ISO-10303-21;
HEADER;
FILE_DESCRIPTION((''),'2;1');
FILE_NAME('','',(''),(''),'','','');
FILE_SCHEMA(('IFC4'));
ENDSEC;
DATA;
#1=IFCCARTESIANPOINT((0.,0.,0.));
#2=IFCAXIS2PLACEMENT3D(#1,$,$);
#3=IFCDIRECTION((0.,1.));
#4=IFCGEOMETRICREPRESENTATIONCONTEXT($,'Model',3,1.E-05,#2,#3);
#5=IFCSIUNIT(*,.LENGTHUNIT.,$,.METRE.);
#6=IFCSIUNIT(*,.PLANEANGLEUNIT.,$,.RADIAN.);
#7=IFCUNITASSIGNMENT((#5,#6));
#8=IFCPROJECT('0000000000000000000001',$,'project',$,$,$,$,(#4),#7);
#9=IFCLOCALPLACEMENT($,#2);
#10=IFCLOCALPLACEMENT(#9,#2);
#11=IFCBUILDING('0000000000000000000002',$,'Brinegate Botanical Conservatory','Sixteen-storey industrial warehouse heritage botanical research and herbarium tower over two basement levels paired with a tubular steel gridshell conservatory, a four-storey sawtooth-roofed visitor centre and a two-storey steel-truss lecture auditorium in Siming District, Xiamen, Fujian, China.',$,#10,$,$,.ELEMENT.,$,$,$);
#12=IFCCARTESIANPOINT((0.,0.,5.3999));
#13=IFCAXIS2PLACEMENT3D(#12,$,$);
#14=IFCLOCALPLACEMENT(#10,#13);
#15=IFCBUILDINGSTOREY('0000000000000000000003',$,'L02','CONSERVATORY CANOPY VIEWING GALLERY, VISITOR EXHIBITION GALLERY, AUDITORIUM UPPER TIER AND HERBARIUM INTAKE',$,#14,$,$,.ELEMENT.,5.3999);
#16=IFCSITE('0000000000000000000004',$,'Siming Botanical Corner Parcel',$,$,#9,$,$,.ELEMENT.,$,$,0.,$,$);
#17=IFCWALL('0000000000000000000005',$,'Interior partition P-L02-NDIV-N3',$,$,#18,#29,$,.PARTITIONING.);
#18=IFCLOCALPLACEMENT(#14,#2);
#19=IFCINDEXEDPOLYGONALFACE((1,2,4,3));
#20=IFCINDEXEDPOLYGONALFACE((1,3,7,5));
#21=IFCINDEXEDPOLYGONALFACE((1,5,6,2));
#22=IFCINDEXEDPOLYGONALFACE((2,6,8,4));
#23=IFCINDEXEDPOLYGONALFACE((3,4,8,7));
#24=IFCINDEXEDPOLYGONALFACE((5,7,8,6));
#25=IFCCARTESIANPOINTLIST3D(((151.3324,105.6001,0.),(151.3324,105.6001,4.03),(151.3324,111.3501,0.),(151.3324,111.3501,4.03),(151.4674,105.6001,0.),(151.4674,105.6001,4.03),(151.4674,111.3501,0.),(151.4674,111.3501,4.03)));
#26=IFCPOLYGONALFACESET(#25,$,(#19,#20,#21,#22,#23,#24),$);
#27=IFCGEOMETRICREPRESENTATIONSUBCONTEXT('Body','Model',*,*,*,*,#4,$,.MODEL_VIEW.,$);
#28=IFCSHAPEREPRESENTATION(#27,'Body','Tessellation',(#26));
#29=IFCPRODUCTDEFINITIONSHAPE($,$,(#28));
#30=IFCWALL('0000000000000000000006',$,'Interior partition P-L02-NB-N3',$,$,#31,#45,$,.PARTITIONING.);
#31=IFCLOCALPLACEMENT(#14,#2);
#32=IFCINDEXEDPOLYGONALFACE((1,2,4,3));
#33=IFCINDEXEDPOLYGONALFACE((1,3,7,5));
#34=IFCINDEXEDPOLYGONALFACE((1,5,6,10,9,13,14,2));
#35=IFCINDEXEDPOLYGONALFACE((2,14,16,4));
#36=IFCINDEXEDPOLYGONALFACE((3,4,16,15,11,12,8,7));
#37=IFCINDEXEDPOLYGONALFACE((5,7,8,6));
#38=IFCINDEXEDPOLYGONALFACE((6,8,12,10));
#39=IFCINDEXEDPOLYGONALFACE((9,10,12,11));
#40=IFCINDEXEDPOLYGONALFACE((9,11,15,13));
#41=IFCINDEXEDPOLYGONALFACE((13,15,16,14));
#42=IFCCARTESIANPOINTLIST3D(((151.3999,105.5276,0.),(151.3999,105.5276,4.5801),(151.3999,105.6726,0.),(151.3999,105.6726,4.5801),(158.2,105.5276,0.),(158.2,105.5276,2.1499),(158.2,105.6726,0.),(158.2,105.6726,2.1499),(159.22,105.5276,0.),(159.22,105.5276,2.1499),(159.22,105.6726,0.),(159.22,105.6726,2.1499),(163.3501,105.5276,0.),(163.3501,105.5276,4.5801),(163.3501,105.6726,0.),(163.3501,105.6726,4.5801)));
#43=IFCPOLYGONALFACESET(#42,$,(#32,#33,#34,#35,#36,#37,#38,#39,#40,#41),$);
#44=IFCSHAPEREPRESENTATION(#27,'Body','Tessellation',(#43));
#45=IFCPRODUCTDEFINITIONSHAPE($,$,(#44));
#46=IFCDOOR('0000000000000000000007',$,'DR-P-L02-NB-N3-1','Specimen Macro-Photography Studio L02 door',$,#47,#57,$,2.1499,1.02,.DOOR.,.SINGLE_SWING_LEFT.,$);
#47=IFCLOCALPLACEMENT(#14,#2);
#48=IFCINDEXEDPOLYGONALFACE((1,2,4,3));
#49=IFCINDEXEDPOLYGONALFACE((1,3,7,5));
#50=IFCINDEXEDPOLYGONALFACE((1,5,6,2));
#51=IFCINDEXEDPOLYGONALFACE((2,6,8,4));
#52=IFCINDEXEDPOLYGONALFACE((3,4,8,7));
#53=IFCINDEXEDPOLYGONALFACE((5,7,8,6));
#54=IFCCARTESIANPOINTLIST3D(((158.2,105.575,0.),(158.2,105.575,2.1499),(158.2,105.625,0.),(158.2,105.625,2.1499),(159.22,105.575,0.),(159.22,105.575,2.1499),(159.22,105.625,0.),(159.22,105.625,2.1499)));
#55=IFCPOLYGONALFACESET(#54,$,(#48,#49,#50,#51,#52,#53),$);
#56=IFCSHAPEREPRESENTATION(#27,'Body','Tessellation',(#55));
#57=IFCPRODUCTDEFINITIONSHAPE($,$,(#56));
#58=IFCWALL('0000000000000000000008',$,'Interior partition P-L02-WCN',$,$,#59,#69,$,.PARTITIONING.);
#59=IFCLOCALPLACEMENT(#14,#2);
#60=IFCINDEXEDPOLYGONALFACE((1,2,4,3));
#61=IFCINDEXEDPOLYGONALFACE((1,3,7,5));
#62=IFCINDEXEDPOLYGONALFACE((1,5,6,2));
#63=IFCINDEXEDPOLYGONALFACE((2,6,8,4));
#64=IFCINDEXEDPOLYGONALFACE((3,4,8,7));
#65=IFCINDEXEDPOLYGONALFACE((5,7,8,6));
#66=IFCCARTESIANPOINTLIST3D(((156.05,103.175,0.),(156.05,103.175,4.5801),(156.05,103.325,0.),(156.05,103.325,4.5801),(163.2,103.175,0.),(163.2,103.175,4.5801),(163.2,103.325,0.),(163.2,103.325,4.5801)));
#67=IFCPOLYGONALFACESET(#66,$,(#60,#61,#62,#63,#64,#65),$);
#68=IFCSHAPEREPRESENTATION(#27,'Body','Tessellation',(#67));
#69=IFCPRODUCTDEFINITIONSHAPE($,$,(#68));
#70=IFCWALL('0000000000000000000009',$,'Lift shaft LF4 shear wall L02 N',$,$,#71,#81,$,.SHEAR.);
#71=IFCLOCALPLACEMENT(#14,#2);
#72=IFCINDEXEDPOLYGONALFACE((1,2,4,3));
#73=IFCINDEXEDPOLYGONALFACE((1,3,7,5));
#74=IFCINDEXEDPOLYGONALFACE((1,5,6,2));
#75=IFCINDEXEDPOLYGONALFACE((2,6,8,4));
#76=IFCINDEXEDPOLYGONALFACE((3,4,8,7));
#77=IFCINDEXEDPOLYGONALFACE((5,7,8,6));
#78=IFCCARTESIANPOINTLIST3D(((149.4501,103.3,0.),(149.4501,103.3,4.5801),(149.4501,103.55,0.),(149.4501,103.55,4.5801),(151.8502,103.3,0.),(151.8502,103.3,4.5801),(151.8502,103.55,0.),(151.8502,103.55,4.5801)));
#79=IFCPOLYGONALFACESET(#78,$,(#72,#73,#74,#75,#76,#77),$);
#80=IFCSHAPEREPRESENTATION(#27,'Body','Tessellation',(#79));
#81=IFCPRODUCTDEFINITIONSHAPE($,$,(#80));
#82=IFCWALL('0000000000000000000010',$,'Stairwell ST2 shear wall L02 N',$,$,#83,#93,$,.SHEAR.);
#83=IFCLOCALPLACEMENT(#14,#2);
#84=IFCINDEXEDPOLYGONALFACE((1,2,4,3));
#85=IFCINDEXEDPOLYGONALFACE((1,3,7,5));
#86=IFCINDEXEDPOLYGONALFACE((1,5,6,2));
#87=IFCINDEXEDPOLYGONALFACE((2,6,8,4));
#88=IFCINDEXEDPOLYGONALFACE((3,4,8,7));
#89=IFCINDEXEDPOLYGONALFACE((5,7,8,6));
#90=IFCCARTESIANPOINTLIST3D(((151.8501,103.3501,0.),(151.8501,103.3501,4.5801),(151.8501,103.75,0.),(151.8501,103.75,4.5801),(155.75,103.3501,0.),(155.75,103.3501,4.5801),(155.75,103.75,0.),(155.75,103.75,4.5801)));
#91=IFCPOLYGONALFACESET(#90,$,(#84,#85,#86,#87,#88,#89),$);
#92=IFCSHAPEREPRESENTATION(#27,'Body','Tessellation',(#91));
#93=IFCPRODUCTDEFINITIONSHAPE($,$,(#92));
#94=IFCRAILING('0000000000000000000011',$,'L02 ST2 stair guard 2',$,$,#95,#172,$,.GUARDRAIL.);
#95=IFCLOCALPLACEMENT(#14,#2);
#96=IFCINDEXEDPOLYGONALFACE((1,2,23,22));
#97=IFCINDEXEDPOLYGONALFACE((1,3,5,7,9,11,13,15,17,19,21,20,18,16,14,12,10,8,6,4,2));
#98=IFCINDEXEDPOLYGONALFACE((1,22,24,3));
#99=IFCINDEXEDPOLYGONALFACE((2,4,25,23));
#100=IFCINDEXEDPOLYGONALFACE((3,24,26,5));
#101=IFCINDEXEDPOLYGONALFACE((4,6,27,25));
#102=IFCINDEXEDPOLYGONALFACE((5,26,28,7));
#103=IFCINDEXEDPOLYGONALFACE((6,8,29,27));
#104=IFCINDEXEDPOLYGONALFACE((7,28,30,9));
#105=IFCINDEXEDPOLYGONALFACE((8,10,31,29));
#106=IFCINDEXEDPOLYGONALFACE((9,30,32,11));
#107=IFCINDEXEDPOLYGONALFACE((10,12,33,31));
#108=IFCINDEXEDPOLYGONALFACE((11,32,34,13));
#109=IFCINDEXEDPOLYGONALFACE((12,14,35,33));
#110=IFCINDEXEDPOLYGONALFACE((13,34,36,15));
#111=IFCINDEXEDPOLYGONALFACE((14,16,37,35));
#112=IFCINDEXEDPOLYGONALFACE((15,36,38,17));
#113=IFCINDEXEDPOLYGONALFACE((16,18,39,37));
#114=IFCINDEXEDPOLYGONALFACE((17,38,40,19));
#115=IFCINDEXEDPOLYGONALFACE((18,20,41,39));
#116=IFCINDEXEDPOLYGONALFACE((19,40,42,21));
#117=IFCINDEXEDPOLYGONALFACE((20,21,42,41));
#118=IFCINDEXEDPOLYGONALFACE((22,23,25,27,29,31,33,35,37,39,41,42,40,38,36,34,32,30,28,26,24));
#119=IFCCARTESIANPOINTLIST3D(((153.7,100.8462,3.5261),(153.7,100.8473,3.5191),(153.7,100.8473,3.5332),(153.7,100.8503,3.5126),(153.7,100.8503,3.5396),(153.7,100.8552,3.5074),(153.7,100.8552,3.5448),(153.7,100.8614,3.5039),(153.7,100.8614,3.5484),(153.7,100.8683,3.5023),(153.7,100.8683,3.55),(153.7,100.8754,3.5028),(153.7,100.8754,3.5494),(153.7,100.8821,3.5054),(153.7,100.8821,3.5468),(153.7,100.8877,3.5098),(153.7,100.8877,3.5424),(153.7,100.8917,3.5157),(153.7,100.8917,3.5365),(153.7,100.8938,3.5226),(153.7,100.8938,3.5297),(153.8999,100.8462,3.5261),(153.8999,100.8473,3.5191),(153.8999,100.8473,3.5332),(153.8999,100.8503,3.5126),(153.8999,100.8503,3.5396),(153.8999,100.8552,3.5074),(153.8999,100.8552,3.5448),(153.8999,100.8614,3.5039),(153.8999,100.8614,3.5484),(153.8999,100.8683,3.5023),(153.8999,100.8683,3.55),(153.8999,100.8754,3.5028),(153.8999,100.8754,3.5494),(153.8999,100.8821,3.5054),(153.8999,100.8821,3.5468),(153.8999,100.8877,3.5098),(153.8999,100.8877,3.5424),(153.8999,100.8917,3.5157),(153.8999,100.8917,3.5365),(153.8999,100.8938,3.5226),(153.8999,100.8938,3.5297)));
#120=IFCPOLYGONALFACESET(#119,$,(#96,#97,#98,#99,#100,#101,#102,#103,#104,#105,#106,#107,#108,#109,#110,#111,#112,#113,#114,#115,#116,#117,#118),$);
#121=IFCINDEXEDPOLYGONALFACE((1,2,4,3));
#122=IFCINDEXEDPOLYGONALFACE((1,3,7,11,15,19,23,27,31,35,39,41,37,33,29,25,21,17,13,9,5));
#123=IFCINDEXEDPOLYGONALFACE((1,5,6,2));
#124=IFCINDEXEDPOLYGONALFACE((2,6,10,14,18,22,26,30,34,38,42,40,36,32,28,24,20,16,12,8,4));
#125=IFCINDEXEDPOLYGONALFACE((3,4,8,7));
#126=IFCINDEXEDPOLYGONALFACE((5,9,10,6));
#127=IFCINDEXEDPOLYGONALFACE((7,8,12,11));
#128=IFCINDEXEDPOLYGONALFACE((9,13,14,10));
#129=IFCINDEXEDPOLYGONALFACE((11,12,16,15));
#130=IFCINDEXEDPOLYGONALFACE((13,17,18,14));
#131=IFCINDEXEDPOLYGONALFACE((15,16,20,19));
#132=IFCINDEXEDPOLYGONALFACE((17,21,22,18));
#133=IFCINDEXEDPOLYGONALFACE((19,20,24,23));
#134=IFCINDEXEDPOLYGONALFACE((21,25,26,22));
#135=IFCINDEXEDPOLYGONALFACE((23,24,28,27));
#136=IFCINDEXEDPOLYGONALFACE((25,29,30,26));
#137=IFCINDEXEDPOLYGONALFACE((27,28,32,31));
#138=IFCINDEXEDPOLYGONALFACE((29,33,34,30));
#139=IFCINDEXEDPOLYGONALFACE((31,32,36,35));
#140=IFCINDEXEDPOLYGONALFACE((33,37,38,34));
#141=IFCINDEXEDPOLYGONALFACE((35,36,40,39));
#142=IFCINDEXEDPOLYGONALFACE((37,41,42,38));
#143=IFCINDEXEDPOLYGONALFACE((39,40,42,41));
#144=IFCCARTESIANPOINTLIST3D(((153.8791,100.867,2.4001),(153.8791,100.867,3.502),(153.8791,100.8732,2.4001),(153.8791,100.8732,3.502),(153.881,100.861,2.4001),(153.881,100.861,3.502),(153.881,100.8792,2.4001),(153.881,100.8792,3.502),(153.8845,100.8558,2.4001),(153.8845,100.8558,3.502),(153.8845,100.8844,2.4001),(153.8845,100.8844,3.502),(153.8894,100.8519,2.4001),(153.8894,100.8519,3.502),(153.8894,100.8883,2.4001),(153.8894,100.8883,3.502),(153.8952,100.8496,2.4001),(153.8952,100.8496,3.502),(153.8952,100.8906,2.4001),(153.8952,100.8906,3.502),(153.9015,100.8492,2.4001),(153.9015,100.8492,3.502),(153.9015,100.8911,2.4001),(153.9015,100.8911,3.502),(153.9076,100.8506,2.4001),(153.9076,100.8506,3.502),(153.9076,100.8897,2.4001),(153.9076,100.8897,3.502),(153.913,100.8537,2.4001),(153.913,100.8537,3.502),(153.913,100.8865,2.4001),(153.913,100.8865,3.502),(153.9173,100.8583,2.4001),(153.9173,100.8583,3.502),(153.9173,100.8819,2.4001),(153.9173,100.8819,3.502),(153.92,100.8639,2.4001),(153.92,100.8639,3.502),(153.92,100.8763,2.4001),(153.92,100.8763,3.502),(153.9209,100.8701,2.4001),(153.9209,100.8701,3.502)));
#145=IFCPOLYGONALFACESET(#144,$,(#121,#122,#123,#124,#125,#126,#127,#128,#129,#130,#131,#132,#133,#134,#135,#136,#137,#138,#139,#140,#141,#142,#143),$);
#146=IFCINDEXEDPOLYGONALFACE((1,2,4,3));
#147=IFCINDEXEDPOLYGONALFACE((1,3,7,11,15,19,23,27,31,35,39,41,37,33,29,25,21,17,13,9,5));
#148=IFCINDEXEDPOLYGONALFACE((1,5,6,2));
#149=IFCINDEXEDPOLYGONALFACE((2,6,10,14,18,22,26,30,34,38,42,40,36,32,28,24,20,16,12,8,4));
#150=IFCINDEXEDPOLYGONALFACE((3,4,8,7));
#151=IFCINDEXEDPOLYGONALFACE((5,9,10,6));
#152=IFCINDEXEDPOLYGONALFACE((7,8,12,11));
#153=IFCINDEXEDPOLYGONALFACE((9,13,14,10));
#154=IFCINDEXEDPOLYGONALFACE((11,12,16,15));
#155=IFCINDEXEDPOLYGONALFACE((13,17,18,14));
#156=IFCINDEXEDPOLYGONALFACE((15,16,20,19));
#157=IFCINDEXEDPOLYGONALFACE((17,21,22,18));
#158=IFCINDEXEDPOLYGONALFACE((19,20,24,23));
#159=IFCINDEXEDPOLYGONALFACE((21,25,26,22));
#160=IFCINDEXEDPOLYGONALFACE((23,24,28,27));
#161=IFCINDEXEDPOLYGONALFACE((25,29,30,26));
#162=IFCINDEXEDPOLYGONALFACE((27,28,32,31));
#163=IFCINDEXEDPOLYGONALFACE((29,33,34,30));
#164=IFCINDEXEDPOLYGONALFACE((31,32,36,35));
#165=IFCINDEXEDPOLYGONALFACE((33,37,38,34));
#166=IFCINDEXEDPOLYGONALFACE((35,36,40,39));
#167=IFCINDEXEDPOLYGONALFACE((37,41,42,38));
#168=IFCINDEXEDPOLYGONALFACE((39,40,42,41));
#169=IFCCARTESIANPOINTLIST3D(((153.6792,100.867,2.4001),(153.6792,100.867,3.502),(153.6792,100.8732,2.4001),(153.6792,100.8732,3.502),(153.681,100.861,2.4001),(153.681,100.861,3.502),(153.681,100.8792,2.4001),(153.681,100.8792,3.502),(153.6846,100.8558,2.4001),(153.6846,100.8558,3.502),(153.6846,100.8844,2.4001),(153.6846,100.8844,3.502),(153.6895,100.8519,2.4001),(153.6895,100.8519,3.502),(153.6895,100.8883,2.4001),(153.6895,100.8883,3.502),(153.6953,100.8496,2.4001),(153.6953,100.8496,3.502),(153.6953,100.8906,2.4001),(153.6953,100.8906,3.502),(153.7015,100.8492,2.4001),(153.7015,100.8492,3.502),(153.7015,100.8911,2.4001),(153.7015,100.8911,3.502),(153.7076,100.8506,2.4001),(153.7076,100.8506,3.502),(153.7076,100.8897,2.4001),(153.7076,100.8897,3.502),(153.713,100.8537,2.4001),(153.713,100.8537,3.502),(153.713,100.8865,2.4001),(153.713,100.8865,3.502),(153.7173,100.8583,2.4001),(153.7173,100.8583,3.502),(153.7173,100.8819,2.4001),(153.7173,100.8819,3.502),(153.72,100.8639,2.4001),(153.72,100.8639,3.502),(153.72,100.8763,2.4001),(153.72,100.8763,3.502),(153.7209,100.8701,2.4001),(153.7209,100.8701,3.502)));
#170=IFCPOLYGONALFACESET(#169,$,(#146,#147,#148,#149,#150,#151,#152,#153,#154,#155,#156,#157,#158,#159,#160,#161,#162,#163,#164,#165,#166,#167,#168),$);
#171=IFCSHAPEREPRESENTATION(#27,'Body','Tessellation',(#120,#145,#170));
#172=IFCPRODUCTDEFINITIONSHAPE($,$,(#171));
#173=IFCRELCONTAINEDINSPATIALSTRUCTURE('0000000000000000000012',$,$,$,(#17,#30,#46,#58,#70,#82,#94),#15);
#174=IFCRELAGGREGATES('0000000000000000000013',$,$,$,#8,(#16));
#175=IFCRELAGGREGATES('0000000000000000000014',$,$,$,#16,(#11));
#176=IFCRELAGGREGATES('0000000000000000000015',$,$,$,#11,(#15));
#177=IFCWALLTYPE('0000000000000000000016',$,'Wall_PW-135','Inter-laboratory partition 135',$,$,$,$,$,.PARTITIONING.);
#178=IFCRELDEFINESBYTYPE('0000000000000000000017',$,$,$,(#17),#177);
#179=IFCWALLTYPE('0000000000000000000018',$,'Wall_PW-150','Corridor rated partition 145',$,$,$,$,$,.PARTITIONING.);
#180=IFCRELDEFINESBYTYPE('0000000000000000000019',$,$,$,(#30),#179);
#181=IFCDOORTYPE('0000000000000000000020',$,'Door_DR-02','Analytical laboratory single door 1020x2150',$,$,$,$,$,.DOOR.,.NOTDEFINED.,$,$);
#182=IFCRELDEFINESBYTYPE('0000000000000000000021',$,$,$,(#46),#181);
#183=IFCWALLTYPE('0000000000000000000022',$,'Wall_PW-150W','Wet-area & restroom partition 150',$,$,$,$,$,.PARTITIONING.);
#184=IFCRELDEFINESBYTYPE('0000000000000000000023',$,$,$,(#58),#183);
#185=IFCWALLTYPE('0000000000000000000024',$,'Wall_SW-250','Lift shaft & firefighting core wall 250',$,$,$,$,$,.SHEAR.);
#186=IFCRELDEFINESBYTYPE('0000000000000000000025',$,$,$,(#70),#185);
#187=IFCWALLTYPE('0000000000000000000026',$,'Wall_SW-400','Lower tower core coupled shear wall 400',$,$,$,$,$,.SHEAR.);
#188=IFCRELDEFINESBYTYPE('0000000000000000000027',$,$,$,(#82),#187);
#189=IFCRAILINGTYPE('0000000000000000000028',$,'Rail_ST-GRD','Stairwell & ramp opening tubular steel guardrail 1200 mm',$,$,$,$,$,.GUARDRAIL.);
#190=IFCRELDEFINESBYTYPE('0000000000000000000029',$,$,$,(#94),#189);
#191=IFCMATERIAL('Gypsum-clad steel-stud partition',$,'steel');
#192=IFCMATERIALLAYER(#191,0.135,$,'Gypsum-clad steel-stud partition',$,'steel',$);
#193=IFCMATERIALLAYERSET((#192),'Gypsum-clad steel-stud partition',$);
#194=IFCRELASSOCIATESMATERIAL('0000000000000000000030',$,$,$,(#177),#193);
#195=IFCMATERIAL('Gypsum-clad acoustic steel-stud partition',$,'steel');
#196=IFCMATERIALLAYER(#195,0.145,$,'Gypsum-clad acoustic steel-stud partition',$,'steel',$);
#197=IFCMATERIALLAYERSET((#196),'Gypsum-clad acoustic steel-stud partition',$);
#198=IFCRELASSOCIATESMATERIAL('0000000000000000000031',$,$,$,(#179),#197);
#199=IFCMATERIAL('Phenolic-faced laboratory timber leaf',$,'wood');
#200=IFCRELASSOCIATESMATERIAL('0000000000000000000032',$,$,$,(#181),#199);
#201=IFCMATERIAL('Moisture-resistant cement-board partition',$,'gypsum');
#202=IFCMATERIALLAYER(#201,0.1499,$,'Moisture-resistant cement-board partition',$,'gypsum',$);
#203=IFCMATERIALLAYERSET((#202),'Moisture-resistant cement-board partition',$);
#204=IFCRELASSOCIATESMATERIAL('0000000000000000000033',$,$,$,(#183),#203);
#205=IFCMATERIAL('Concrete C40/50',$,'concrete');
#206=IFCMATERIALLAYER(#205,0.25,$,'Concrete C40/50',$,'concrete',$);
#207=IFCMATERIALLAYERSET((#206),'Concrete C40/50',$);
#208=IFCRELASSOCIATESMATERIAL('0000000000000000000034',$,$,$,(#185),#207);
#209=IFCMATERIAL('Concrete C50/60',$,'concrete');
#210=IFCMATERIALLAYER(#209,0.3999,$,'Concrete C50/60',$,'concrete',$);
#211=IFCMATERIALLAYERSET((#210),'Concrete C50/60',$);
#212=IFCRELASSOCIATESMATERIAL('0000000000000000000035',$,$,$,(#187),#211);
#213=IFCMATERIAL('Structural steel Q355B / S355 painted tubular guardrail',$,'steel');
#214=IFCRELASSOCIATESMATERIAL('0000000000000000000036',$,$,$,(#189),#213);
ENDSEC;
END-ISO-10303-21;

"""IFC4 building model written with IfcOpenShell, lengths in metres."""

from ifc_helpers import new_model, si_unit, direction, frame, frame_2d, origin, origin_2d, place, context, subcontext, project, spatial, rectangle, circle, extrude, material, layer, layer_set, type_object, element, fill, save


model = new_model("IFC4")

# Units and contexts
model_context = context("Model", 3, precision=1e-05, world=origin(), true_north=direction((0.0, 1.0)))
body_context = subcontext(model_context, "Body", "Model", "MODEL_VIEW")
ifc_project = project(units=[si_unit("LENGTHUNIT", "METRE"), si_unit("PLANEANGLEUNIT", "RADIAN")], contexts=[model_context])

# Site, building, storey
site_placement = place(None, origin())
site = spatial("IfcSite", under=ifc_project, at=site_placement, Name="Siming Botanical Corner Parcel", CompositionType="ELEMENT", RefElevation=0.0)
building_placement = place(site_placement, origin())
building = spatial("IfcBuilding", under=site, at=building_placement, Name="Brinegate Botanical Conservatory", Description="Sixteen-storey industrial warehouse heritage botanical research and herbarium tower over two basement levels paired with a tubular steel gridshell conservatory, a four-storey sawtooth-roofed visitor centre and a two-storey steel-truss lecture auditorium in Siming District, Xiamen, Fujian, China.", CompositionType="ELEMENT")
storey_placement = place(building_placement, frame((0.0, 0.0, 5.3999)))
storey = spatial("IfcBuildingStorey", under=building, at=storey_placement, Name="L02", Description="CONSERVATORY CANOPY VIEWING GALLERY, VISITOR EXHIBITION GALLERY, AUDITORIUM UPPER TIER AND HERBARIUM INTAKE", CompositionType="ELEMENT", Elevation=5.3999)

# Shared definitions
ifc_material_1 = material(Name="Concrete C50/60", Category="concrete")

# Shared definitions
ifc_material_2 = material(Name="Concrete C40/50", Category="concrete")

# Wall
ifc_material_3 = material(Name="Gypsum-clad steel-stud partition", Category="steel")
ifc_layer_1 = layer(ifc_material_3, 0.135, Name="Gypsum-clad steel-stud partition", Category="steel")
ifc_layer_set_1 = layer_set([ifc_layer_1], Name="Gypsum-clad steel-stud partition")
wall_type_1 = type_object("IfcWallType", Name="Wall_PW-135", Description="Inter-laboratory partition 135", PredefinedType="PARTITIONING", material=ifc_layer_set_1)
wall_1_placement = place(storey_placement, frame((151.3999, 105.6001, 0.0), z_axis=(0.0, 0.0, 1.0), x_axis=(0.0, 1.0, 0.0)))
element("IfcWall", 1, at=wall_1_placement, inside=storey, type_object=wall_type_1, Name="Interior partition P-L02-NDIV-N3", PredefinedType="PARTITIONING", context=body_context, shape_type="SweptSolid", body=[
    extrude(rectangle(XDim=5.75, YDim=0.135, at=frame_2d((2.875, 0.0))), origin(), (0.0, 0.0, 1.0), 4.03),
])

# Wall, opening, door
ifc_material_4 = material(Name="Gypsum-clad acoustic steel-stud partition", Category="steel")
ifc_layer_2 = layer(ifc_material_4, 0.145, Name="Gypsum-clad acoustic steel-stud partition", Category="steel")
ifc_layer_set_2 = layer_set([ifc_layer_2], Name="Gypsum-clad acoustic steel-stud partition")
wall_type_2 = type_object("IfcWallType", Name="Wall_PW-150", Description="Corridor rated partition 145", PredefinedType="PARTITIONING", material=ifc_layer_set_2)
wall_2_placement = place(storey_placement, frame((151.3999, 105.6001, 0.0), z_axis=(0.0, 0.0, 1.0), x_axis=(1.0, 0.0, 0.0)))
wall_2 = element("IfcWall", 2, at=wall_2_placement, inside=storey, type_object=wall_type_2, Name="Interior partition P-L02-NB-N3", PredefinedType="PARTITIONING", context=body_context, shape_type="SweptSolid", body=[
    extrude(rectangle(XDim=11.9502, YDim=0.145, at=frame_2d((5.9751, 0.0))), origin(), (0.0, 0.0, 1.0), 4.5801),
])
opening_1_placement = place(wall_2_placement, frame((6.8, 0.0, 0.0)))
opening_1 = element("IfcOpeningElement", 3, at=opening_1_placement, cuts=wall_2, PredefinedType="OPENING", context=body_context, shape_type="SweptSolid", body=[
    extrude(rectangle(XDim=1.02, YDim=2.1499, at=frame_2d((0.51, 1.075))), frame((0.0, 0.0825, 0.0), z_axis=(0.0, -1.0, 0.0), x_axis=(1.0, 0.0, 0.0)), (0.0, 0.0, 1.0), 0.165),
])
ifc_material_5 = material(Name="Phenolic-faced laboratory timber leaf", Category="wood")
door_type = type_object("IfcDoorType", Name="Door_DR-02", Description="Analytical laboratory single door 1020x2150", OperationType="NOTDEFINED", PredefinedType="DOOR", material=ifc_material_5)
door_placement = place(opening_1_placement, origin())
door = element("IfcDoor", 4, at=door_placement, inside=storey, type_object=door_type, Name="DR-P-L02-NB-N3-1", Description="Specimen Macro-Photography Studio L02 door", OperationType="SINGLE_SWING_LEFT", OverallHeight=2.1499, OverallWidth=1.02, PredefinedType="DOOR", context=body_context, shape_type="SweptSolid", body=[
    extrude(rectangle(XDim=1.02, YDim=2.1499, at=frame_2d((0.51, 1.075))), frame((0.0, 0.0249, 0.0), z_axis=(0.0, -1.0, 0.0), x_axis=(1.0, 0.0, 0.0)), (0.0, 0.0, 1.0), 0.05),
])
fill(opening_1, door)

# Walls
ifc_material_6 = material(Name="Moisture-resistant cement-board partition", Category="gypsum")
ifc_layer_3 = layer(ifc_material_6, 0.1499, Name="Moisture-resistant cement-board partition", Category="gypsum")
ifc_layer_set_3 = layer_set([ifc_layer_3], Name="Moisture-resistant cement-board partition")
wall_type_3 = type_object("IfcWallType", Name="Wall_PW-150W", Description="Wet-area & restroom partition 150", PredefinedType="PARTITIONING", material=ifc_layer_set_3)
wall_3_placement = place(storey_placement, frame((156.05, 103.25, 0.0), z_axis=(0.0, 0.0, 1.0), x_axis=(1.0, 0.0, 0.0)))
element("IfcWall", 5, at=wall_3_placement, inside=storey, type_object=wall_type_3, Name="Interior partition P-L02-WCN", PredefinedType="PARTITIONING", context=body_context, shape_type="SweptSolid", body=[
    extrude(rectangle(XDim=7.1499, YDim=0.1499, at=frame_2d((3.575, 0.0))), origin(), (0.0, 0.0, 1.0), 4.5801),
])
ifc_layer_4 = layer(ifc_material_2, 0.25, Name="Concrete C40/50", Category="concrete")
ifc_layer_set_4 = layer_set([ifc_layer_4], Name="Concrete C40/50")
wall_type_4 = type_object("IfcWallType", Name="Wall_SW-250", Description="Lift shaft & firefighting core wall 250", PredefinedType="SHEAR", material=ifc_layer_set_4)
wall_4_placement = place(storey_placement, frame((149.45, 103.425, 0.0), z_axis=(0.0, 0.0, 1.0), x_axis=(1.0, 0.0, 0.0)))
element("IfcWall", 6, at=wall_4_placement, inside=storey, type_object=wall_type_4, Name="Lift shaft LF4 shear wall L02 N", PredefinedType="SHEAR", context=body_context, shape_type="SweptSolid", body=[
    extrude(rectangle(XDim=2.4001, YDim=0.25, at=frame_2d((1.2002, 0.0))), origin(), (0.0, 0.0, 1.0), 4.5801),
])
ifc_layer_5 = layer(ifc_material_1, 0.3999, Name="Concrete C50/60", Category="concrete")
ifc_layer_set_5 = layer_set([ifc_layer_5], Name="Concrete C50/60")
wall_type_5 = type_object("IfcWallType", Name="Wall_SW-400", Description="Lower tower core coupled shear wall 400", PredefinedType="SHEAR", material=ifc_layer_set_5)
wall_5_placement = place(storey_placement, frame((151.8501, 103.55, 0.0), z_axis=(0.0, 0.0, 1.0), x_axis=(1.0, 0.0, 0.0)))
element("IfcWall", 7, at=wall_5_placement, inside=storey, type_object=wall_type_5, Name="Stairwell ST2 shear wall L02 N", PredefinedType="SHEAR", context=body_context, shape_type="SweptSolid", body=[
    extrude(rectangle(XDim=3.8999, YDim=0.3999, at=frame_2d((1.95, 0.0))), origin(), (0.0, 0.0, 1.0), 4.5801),
])

# Railing
ifc_material_7 = material(Name="Structural steel Q355B / S355 painted tubular guardrail", Category="steel")
railing_type = type_object("IfcRailingType", Name="Rail_ST-GRD", Description="Stairwell & ramp opening tubular steel guardrail 1200 mm", PredefinedType="GUARDRAIL", material=ifc_material_7)
railing_1_placement = place(storey_placement, frame((153.8999, 100.8701, 2.4001)))
element("IfcRailing", 8, at=railing_1_placement, inside=storey, type_object=railing_type, Name="L02 ST2 stair guard 2", PredefinedType="GUARDRAIL", context=body_context, shape_type="SweptSolid", body=[
    extrude(circle(Radius=0.0239, at=origin_2d()), frame((0.0, 0.0, 1.126), z_axis=(-1.0, 0.0, 0.0), x_axis=(0.0, -1.0, 0.0)), (0.0, 0.0, 1.0), 0.2),
    extrude(circle(Radius=0.021, at=origin_2d()), origin(), (0.0, 0.0, 1.0), 1.1018),
    extrude(circle(Radius=0.021, at=origin_2d()), frame((-0.2, 0.0, 0.0)), (0.0, 0.0, 1.0), 1.1018),
])

save(model, "model.ifc")
